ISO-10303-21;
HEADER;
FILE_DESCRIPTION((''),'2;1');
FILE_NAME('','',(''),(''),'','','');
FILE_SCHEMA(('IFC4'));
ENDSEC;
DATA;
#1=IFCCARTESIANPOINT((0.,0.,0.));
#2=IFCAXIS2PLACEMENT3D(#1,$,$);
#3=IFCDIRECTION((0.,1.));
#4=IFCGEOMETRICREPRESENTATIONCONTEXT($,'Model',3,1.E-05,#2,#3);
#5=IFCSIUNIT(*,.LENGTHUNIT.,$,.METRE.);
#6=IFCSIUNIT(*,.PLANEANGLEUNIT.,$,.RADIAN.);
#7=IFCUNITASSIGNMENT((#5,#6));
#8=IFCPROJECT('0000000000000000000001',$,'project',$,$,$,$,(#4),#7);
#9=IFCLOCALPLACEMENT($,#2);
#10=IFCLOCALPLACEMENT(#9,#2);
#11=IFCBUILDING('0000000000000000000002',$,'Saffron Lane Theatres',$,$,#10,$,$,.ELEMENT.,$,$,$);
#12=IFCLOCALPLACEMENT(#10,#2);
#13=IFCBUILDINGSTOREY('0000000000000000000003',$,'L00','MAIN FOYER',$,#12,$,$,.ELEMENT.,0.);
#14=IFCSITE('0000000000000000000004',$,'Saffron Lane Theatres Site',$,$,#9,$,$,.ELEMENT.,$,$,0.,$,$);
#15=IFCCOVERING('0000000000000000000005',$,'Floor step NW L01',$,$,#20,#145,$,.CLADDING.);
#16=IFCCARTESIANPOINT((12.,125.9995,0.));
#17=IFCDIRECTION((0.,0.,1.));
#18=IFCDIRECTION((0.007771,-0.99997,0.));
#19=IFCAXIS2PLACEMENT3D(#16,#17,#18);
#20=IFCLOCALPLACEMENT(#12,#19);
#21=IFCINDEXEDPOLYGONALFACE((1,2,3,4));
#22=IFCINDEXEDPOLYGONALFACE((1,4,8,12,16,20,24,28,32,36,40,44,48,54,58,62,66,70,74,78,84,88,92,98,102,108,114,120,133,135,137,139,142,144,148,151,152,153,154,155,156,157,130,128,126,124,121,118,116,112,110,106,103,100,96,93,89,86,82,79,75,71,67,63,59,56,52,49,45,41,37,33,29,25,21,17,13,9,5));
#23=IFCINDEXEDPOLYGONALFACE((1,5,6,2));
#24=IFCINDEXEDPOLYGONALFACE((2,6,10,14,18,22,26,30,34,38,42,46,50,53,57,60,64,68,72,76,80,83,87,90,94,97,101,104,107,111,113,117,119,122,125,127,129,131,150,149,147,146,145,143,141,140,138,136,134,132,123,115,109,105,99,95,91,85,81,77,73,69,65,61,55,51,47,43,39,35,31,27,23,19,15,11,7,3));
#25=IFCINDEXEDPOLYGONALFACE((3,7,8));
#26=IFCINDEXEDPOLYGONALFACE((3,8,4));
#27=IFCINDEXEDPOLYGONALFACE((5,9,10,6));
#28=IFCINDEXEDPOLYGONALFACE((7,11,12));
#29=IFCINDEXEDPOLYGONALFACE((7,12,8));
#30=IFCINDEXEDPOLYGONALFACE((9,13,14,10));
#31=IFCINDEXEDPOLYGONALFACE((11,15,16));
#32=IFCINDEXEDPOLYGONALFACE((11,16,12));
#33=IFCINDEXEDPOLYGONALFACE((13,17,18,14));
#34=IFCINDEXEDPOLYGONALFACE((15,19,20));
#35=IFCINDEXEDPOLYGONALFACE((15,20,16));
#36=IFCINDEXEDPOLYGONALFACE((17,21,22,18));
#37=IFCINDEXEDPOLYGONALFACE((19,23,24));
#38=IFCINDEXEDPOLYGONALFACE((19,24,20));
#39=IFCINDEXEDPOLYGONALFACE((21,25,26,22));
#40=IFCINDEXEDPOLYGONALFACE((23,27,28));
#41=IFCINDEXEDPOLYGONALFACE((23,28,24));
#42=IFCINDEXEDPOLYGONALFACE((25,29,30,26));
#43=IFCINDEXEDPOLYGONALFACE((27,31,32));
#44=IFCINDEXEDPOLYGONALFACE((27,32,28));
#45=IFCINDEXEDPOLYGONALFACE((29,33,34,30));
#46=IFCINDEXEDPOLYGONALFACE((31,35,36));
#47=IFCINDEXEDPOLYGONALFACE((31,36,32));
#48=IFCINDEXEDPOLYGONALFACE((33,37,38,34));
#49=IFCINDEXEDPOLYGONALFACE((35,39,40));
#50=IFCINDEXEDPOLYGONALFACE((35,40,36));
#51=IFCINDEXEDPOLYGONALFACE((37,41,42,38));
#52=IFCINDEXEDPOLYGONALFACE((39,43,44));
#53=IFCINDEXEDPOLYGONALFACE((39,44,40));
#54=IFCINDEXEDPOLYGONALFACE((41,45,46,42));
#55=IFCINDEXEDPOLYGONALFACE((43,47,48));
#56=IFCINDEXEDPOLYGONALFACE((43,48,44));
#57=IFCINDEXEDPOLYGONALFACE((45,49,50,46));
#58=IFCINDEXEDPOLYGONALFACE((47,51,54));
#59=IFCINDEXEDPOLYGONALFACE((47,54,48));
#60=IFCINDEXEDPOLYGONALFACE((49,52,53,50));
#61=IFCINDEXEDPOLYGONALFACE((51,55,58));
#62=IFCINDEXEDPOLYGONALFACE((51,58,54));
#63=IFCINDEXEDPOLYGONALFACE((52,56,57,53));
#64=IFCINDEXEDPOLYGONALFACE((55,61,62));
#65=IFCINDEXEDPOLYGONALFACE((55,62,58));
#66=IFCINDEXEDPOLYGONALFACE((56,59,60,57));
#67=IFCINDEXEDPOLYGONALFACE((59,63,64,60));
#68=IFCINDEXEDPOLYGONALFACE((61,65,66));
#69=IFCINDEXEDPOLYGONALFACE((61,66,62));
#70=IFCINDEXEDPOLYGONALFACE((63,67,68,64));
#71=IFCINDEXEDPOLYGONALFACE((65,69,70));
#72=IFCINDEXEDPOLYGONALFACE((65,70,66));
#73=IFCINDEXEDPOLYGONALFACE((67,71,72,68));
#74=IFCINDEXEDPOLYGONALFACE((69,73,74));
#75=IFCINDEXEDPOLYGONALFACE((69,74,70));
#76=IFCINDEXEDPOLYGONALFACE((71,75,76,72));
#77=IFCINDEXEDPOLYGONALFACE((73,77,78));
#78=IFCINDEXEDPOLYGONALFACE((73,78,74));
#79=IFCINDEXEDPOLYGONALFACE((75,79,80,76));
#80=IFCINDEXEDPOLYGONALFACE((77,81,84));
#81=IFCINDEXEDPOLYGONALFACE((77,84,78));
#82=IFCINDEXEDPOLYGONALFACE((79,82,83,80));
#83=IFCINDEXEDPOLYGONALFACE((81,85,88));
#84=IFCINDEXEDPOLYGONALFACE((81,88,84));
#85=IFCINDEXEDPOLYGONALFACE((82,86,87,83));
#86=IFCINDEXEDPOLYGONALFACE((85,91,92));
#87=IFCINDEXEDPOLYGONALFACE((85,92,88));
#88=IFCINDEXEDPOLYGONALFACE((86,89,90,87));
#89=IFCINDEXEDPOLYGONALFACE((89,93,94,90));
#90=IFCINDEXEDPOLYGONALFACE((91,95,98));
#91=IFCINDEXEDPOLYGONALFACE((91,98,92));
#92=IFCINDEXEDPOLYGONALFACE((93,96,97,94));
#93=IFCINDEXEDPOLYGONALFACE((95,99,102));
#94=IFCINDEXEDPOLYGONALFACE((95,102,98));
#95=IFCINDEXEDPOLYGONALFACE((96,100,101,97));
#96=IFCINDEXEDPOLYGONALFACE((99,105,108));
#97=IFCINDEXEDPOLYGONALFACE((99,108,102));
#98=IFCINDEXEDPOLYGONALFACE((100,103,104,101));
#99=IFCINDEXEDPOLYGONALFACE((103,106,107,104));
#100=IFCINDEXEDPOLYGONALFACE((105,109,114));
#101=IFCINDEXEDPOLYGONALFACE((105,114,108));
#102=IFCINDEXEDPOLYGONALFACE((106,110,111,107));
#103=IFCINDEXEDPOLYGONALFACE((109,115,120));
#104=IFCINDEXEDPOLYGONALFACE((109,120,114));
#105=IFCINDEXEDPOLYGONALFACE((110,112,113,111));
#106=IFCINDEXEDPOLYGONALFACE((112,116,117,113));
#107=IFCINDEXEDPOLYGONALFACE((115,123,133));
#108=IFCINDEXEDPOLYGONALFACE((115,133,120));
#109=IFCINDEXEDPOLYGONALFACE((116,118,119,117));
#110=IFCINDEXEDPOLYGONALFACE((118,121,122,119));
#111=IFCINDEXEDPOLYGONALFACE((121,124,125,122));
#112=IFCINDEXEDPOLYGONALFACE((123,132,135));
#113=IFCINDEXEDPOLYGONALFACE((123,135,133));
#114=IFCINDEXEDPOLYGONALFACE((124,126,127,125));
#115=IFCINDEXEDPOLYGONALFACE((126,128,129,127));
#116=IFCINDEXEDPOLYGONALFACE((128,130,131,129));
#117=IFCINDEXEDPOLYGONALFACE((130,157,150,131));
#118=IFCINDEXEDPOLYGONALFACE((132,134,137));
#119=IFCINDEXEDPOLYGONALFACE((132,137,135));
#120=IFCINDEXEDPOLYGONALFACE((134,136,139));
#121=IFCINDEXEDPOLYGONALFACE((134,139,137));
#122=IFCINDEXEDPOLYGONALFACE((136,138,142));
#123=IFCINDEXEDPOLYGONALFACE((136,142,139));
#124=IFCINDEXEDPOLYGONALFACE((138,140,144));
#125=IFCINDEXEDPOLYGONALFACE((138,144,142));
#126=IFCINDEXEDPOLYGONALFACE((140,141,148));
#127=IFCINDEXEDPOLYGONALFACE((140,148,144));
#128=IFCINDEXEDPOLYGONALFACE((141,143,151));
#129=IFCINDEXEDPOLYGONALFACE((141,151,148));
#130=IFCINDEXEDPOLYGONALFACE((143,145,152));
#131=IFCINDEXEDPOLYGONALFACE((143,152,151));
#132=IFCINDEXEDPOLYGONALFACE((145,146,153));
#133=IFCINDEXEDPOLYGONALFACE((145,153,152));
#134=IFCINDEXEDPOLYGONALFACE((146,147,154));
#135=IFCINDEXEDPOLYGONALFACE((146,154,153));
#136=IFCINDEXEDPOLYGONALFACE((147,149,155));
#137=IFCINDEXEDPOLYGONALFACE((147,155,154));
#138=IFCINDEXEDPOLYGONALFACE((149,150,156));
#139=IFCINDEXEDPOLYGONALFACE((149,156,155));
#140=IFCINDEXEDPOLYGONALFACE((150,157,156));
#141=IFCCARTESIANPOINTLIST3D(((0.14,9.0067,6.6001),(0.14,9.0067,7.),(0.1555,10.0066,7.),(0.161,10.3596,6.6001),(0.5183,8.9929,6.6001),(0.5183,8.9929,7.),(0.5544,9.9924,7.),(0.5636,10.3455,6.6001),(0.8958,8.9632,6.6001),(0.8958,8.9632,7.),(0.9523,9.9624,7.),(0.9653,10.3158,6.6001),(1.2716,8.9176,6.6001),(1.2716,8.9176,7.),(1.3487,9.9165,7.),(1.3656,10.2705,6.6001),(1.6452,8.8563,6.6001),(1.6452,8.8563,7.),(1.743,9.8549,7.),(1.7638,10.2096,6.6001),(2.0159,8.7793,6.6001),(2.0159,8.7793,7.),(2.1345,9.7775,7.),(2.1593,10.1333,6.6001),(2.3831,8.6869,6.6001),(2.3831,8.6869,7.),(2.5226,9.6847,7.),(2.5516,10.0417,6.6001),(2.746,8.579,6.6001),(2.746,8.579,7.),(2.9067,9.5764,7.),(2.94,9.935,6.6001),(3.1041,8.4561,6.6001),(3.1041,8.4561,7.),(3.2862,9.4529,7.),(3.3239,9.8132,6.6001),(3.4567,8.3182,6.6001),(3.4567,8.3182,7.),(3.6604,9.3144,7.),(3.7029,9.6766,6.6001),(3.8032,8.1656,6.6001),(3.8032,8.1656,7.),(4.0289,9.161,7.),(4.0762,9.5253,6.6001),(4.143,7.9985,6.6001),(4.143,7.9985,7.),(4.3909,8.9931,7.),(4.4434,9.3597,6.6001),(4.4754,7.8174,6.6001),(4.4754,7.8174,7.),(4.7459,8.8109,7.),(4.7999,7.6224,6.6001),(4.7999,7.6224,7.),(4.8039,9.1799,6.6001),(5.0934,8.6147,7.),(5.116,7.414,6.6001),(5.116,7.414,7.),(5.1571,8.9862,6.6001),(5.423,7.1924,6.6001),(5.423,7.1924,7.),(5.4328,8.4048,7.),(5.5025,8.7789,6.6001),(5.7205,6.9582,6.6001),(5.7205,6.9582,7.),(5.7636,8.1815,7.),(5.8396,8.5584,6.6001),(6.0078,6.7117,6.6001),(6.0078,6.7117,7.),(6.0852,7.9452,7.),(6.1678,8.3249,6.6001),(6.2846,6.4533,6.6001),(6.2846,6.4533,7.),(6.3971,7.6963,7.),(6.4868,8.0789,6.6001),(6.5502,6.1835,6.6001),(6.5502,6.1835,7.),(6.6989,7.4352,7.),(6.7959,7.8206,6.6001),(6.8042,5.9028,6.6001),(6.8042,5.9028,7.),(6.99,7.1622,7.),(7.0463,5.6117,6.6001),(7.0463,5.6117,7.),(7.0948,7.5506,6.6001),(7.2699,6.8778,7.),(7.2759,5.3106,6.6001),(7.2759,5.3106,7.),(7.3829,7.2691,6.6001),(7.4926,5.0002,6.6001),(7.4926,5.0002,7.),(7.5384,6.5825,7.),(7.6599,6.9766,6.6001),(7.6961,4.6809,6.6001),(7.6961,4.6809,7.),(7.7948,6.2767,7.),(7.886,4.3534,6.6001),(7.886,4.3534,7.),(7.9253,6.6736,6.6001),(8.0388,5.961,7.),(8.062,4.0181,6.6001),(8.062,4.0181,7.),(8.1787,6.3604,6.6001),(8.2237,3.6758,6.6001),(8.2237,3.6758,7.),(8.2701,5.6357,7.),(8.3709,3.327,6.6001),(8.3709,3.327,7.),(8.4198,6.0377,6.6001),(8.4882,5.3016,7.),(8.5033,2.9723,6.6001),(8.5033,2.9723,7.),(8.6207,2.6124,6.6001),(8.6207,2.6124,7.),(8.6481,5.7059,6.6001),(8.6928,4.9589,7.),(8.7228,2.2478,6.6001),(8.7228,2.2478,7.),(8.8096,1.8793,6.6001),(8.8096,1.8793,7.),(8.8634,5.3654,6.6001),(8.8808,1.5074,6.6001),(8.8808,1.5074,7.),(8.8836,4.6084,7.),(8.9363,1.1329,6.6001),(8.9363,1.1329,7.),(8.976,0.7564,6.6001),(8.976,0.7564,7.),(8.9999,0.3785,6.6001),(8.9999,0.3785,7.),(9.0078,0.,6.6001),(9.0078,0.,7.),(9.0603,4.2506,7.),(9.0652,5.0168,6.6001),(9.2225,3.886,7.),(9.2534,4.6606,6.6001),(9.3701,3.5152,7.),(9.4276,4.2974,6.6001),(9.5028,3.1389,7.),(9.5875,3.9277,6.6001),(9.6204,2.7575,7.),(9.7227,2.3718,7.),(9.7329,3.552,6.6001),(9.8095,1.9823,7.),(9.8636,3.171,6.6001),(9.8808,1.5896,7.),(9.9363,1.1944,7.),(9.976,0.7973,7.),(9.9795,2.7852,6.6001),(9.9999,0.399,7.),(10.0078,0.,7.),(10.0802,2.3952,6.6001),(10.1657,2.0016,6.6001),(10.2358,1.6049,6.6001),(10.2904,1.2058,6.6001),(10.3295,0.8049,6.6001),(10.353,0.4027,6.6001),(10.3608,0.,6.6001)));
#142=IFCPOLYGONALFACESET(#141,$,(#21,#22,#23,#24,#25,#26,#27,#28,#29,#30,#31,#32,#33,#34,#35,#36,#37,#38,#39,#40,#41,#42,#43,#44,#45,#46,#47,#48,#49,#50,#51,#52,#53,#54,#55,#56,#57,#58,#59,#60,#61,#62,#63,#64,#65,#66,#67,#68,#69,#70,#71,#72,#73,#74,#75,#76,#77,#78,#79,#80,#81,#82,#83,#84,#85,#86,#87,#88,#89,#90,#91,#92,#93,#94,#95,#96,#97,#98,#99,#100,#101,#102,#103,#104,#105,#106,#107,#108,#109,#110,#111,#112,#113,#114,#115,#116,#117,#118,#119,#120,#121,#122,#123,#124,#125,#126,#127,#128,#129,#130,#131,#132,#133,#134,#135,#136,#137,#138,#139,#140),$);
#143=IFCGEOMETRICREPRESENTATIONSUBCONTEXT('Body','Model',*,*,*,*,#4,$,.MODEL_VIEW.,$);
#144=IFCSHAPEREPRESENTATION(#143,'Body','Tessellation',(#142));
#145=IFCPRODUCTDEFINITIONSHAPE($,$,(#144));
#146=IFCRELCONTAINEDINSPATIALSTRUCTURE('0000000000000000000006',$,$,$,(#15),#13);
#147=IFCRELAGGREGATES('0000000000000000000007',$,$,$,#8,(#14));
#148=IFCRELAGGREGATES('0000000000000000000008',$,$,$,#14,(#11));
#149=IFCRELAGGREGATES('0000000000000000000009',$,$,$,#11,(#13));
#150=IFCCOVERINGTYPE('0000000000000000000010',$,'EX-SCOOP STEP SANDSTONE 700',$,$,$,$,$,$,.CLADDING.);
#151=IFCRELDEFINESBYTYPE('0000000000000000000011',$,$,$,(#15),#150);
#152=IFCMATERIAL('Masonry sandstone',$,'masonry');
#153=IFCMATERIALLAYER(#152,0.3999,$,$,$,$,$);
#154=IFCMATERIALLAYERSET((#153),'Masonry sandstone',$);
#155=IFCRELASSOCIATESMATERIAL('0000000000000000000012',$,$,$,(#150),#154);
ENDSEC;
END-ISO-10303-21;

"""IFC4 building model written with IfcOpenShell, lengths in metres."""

from ifc_helpers import new_model, entity, si_unit, direction, frame, origin, place, context, subcontext, project, spatial, material, layer, layer_set, type_object, element, save


model = new_model("IFC4")

# Units and contexts
model_context = context("Model", 3, precision=1e-05, world=origin(), true_north=direction((0.0, 1.0)))
body_context = subcontext(model_context, "Body", "Model", "MODEL_VIEW")
ifc_project = project(units=[si_unit("LENGTHUNIT", "METRE"), si_unit("PLANEANGLEUNIT", "RADIAN")], contexts=[model_context])

# Site, building, storey
site_placement = place(None, origin())
site = spatial("IfcSite", under=ifc_project, at=site_placement, Name="Saffron Lane Theatres Site", CompositionType="ELEMENT", RefElevation=0.0)
building_placement = place(site_placement, origin())
building = spatial("IfcBuilding", under=site, at=building_placement, Name="Saffron Lane Theatres", CompositionType="ELEMENT")
storey_placement = place(building_placement, origin())
storey = spatial("IfcBuildingStorey", under=building, at=storey_placement, Name="L00", Description="MAIN FOYER", CompositionType="ELEMENT", Elevation=0.0)

# Covering
ifc_material_1 = material(Name="Masonry sandstone", Category="masonry")
ifc_layer_1 = layer(ifc_material_1, 0.3999)
ifc_layer_set_1 = layer_set([ifc_layer_1], Name="Masonry sandstone")
covering_type_1 = type_object("IfcCoveringType", Name="EX-SCOOP STEP SANDSTONE 700", PredefinedType="CLADDING", material=ifc_layer_set_1)
covering_1_placement = place(storey_placement, frame((12.0, 125.9995, 0.0), z_axis=(0.0, 0.0, 1.0), x_axis=(0.007771, -0.99997, 0.0)))
cartesian_point_1 = entity("IfcCartesianPoint", [9.0078, 6.6001])
cartesian_point_2 = entity("IfcCartesianPoint", [0.0, 0.0, 0.0])
element("IfcCovering", 1, at=covering_1_placement, inside=storey, type_object=covering_type_1, Name="Floor step NW L01", PredefinedType="CLADDING", context=body_context, shape_type="SweptSolid", body=[
    entity("IfcRevolvedAreaSolid", entity("IfcArbitraryClosedProfileDef", "AREA", None, entity("IfcPolyline", [cartesian_point_1, entity("IfcCartesianPoint", [10.3608, 6.6001]), entity("IfcCartesianPoint", [10.0078, 7.0]), entity("IfcCartesianPoint", [9.0078, 7.0]), cartesian_point_1])), entity("IfcAxis2Placement3D", cartesian_point_2, entity("IfcDirection", [0.0, -1.0, 0.0]), entity("IfcDirection", [1.0, 0.0, 0.0])), entity("IfcAxis1Placement", cartesian_point_2, entity("IfcDirection", [0.0, 1.0, 0.0])), 1.555254),
])

save(model, "model.ifc")
